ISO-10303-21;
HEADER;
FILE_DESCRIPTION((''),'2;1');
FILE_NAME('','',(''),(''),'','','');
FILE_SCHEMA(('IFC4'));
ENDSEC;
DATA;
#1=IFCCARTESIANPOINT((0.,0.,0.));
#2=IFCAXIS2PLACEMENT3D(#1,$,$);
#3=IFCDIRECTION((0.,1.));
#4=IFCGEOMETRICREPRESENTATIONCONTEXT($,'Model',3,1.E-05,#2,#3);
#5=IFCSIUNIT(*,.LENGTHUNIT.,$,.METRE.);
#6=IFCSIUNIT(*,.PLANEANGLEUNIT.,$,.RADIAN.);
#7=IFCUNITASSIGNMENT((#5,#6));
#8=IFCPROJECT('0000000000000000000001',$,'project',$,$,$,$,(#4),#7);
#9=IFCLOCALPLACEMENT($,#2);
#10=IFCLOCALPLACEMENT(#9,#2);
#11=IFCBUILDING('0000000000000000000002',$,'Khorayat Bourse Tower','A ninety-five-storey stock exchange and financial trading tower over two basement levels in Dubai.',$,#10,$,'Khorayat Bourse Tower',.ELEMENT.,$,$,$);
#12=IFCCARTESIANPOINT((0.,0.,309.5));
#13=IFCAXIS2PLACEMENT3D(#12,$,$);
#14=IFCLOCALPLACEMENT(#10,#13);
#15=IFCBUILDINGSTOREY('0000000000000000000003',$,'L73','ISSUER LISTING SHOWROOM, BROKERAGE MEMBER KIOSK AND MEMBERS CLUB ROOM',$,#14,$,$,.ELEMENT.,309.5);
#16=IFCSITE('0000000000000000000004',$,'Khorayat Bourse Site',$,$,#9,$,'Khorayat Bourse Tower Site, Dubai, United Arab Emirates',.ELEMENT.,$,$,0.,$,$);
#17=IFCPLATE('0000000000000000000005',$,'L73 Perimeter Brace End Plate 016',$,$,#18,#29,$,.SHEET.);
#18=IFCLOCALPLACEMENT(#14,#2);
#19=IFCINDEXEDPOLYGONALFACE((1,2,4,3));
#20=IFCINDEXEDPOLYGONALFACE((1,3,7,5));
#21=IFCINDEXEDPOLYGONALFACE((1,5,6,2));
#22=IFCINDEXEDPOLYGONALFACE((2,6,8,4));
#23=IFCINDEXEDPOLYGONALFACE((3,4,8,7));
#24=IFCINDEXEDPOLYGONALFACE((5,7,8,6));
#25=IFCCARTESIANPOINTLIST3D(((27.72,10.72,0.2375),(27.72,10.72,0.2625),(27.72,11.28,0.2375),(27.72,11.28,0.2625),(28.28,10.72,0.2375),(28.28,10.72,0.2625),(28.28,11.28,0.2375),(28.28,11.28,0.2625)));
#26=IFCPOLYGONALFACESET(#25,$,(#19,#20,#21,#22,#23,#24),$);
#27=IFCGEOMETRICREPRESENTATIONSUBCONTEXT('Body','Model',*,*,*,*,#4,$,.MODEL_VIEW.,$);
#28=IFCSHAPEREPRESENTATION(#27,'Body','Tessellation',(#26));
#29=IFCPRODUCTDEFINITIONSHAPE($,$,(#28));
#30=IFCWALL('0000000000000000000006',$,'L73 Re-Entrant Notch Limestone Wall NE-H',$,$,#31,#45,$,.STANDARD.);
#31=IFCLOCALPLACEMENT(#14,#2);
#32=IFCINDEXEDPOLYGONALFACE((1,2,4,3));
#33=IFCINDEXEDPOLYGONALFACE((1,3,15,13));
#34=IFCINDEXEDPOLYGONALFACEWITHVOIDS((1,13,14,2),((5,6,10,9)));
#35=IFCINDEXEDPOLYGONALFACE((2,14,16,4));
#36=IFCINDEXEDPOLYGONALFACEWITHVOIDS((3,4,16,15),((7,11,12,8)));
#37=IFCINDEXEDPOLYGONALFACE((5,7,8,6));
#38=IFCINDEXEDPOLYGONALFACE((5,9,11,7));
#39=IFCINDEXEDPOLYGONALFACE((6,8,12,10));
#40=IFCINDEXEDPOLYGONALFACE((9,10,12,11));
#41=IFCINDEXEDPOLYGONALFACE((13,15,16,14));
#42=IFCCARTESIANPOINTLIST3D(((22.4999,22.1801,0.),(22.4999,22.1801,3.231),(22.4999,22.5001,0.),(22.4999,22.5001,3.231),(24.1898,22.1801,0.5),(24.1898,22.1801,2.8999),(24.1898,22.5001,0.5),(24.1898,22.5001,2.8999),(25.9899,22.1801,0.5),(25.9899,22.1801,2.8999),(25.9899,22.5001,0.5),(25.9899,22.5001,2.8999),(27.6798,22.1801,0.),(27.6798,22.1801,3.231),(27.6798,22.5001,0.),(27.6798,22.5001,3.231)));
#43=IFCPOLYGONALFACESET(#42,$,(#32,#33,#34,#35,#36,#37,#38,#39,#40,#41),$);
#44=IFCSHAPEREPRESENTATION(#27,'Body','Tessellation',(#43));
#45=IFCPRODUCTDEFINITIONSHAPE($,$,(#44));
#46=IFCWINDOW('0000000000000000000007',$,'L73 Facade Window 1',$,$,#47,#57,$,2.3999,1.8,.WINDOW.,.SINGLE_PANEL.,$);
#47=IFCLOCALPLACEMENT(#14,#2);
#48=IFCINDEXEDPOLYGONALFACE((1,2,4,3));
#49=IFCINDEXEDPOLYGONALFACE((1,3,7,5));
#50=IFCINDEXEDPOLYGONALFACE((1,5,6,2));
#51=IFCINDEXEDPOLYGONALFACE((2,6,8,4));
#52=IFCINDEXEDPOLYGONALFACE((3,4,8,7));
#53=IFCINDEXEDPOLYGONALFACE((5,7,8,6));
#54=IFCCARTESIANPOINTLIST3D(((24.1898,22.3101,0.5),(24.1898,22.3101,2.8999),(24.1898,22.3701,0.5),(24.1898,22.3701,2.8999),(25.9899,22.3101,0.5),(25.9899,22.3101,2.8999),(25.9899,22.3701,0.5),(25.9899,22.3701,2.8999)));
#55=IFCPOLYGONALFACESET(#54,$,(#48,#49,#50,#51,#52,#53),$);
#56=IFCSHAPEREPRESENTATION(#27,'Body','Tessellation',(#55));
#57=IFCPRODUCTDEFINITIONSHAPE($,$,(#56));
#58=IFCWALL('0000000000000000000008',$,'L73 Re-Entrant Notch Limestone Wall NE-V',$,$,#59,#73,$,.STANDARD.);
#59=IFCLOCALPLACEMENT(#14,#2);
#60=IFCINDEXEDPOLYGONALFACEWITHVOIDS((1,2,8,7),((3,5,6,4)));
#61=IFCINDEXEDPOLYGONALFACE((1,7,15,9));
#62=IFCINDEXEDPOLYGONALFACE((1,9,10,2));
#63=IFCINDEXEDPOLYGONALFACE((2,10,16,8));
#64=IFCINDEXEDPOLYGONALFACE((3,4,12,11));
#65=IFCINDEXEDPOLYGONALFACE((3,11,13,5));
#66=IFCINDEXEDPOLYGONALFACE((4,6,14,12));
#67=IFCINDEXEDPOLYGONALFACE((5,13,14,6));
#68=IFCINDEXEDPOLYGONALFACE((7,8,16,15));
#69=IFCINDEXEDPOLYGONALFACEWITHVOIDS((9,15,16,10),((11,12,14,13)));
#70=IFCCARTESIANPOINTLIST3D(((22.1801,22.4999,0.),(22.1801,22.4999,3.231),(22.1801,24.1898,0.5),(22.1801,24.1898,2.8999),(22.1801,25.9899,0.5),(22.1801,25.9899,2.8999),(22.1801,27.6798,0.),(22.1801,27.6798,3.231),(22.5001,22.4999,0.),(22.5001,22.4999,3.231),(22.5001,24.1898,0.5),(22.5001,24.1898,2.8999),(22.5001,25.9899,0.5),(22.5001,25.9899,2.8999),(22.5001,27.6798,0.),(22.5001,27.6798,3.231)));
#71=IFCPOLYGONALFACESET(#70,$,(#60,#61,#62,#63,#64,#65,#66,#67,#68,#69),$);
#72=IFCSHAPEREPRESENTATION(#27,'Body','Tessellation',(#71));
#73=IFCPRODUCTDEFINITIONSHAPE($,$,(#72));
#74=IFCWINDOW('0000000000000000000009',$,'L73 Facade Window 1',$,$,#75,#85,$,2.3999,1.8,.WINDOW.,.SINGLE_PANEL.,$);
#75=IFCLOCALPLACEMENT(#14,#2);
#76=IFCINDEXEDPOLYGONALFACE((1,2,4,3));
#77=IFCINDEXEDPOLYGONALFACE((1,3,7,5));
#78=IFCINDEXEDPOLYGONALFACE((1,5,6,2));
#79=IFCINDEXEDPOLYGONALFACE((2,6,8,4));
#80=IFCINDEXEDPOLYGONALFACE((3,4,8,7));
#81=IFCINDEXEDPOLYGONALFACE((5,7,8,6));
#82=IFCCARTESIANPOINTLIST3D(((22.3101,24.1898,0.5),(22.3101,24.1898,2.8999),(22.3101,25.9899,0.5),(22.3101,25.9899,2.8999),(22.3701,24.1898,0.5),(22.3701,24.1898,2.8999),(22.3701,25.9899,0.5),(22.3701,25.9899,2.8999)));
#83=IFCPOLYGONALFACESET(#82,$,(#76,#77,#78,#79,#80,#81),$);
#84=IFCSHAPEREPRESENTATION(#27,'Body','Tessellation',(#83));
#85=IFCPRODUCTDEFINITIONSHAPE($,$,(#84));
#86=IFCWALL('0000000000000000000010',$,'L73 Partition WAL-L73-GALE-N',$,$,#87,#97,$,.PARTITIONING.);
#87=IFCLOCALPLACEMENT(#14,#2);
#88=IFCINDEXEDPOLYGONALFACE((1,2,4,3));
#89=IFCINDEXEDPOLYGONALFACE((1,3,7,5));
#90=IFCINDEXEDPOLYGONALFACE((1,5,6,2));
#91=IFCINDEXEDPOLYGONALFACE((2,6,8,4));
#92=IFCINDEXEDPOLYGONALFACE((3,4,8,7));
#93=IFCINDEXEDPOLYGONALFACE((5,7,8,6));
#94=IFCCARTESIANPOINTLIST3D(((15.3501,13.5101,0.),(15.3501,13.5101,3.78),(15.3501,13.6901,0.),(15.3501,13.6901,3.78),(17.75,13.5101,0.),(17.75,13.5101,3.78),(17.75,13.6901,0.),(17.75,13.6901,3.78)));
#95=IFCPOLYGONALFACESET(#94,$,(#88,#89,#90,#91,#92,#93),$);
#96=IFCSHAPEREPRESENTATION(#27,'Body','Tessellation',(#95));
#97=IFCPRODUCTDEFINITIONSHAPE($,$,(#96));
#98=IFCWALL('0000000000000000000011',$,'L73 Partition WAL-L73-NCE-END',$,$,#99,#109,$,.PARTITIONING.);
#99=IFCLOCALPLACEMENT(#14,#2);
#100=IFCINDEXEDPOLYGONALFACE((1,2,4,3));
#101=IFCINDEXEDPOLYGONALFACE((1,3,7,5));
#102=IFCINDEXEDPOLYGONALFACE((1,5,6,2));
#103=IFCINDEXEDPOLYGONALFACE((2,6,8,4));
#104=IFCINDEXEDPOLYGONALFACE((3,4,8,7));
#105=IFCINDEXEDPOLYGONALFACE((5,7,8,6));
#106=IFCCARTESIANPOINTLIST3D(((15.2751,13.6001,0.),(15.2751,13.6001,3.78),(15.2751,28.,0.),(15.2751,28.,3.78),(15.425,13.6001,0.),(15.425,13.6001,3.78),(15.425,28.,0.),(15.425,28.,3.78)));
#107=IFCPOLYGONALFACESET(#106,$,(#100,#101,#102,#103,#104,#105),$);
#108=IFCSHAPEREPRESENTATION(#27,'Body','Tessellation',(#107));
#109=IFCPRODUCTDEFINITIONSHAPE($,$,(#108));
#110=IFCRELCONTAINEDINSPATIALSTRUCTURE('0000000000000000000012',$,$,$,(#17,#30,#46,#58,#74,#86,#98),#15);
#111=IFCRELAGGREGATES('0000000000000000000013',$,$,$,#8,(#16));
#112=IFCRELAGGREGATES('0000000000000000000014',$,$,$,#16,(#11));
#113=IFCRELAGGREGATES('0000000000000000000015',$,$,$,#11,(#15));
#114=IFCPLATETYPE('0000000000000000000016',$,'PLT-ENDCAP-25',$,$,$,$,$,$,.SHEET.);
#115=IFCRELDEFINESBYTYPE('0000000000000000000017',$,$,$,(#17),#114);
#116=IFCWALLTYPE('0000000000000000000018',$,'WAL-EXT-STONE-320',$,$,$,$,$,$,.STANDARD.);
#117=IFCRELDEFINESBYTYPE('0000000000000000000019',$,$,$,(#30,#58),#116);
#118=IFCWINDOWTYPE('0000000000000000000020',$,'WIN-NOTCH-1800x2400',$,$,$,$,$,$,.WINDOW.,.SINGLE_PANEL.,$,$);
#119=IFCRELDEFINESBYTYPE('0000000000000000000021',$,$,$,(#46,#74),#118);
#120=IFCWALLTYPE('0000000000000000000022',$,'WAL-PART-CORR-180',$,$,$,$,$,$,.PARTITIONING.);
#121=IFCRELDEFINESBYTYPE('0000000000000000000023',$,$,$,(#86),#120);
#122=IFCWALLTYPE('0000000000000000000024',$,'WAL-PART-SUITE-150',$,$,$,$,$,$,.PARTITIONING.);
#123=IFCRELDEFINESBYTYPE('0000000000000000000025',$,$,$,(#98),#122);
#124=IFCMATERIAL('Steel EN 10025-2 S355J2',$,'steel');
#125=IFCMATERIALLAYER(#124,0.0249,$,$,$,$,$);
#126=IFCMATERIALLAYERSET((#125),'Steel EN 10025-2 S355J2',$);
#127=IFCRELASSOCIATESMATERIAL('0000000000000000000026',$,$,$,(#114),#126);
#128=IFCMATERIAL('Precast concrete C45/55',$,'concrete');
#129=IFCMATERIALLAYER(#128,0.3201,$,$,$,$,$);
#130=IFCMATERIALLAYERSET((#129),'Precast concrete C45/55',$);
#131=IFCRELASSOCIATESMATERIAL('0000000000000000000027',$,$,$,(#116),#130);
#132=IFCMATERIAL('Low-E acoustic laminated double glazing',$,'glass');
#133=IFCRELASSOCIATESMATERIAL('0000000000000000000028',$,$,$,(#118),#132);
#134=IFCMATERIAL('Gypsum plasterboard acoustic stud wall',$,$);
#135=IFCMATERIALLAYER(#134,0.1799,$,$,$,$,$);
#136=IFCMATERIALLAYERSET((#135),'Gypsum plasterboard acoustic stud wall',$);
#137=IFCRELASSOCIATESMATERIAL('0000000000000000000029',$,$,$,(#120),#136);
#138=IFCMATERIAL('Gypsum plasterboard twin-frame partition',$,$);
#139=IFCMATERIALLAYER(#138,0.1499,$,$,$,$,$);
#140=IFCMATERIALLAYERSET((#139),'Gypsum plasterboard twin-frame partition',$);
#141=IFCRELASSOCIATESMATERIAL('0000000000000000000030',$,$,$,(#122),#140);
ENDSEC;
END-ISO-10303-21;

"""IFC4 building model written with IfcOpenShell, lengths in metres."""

from ifc_helpers import new_model, si_unit, direction, frame, frame_2d, origin, origin_2d, place, context, subcontext, project, spatial, rectangle, extrude, source, transform, mapped, material, layer, layer_set, type_object, element, fill, save


model = new_model("IFC4")

# Units and contexts
model_context = context("Model", 3, precision=1e-05, world=origin(), true_north=direction((0.0, 1.0)))
body_context = subcontext(model_context, "Body", "Model", "MODEL_VIEW")
ifc_project = project(units=[si_unit("LENGTHUNIT", "METRE"), si_unit("PLANEANGLEUNIT", "RADIAN")], contexts=[model_context])

# Site, building, storey
site_placement = place(None, origin())
site = spatial("IfcSite", under=ifc_project, at=site_placement, Name="Khorayat Bourse Site", LongName="Khorayat Bourse Tower Site, Dubai, United Arab Emirates", CompositionType="ELEMENT", RefElevation=0.0)
building_placement = place(site_placement, origin())
building = spatial("IfcBuilding", under=site, at=building_placement, Name="Khorayat Bourse Tower", Description="A ninety-five-storey stock exchange and financial trading tower over two basement levels in Dubai.", LongName="Khorayat Bourse Tower", CompositionType="ELEMENT")
storey_placement = place(building_placement, frame((0.0, 0.0, 309.5)))
storey = spatial("IfcBuildingStorey", under=building, at=storey_placement, Name="L73", Description="ISSUER LISTING SHOWROOM, BROKERAGE MEMBER KIOSK AND MEMBERS CLUB ROOM", CompositionType="ELEMENT", Elevation=309.5)

# Plate
ifc_material_1 = material(Name="Steel EN 10025-2 S355J2", Category="steel")
ifc_layer_1 = layer(ifc_material_1, 0.0249)
ifc_layer_set_1 = layer_set([ifc_layer_1], Name="Steel EN 10025-2 S355J2")
plate_type = type_object("IfcPlateType", Name="PLT-ENDCAP-25", PredefinedType="SHEET", material=ifc_layer_set_1)
shared_shape_1 = source(origin(), body_context, "Body", "SweptSolid", [
    extrude(rectangle(XDim=0.5601, YDim=0.5601, at=origin_2d()), origin(), (0.0, 0.0, 1.0), 0.0249),
])
for number, where, z_axis, x_axis, name in (
    (1, (28.0, 11.0, 0.2375), (0.0, 0.0, 1.0), (1.0, 0.0, 0.0), "L73 Perimeter Brace End Plate 016"),
):
    element("IfcPlate", number, at=place(storey_placement, frame(where, z_axis=z_axis, x_axis=x_axis)), inside=storey, type_object=plate_type, Name=name, PredefinedType="SHEET", context=body_context, shape_type="MappedRepresentation", body=[
        mapped(shared_shape_1, transform((0.0, 0.0, 0.0), scale=1.0)),
    ])

# Walls, openings, windows
ifc_material_2 = material(Name="Precast concrete C45/55", Category="concrete")
ifc_layer_2 = layer(ifc_material_2, 0.3201)
ifc_layer_set_2 = layer_set([ifc_layer_2], Name="Precast concrete C45/55")
wall_type_1 = type_object("IfcWallType", Name="WAL-EXT-STONE-320", PredefinedType="STANDARD", material=ifc_layer_set_2)
shared_shape_2 = source(origin(), body_context, "Body", "SweptSolid", [
    extrude(rectangle(XDim=5.1799, YDim=0.3201, at=frame_2d((2.5898, 0.0))), origin(), (0.0, 0.0, 1.0), 3.231),
])
wall_1_placement = place(storey_placement, frame((22.5, 22.3401, 0.0), z_axis=(0.0, 0.0, 1.0), x_axis=(1.0, 0.0, 0.0)))
wall_1 = element("IfcWall", 2, at=wall_1_placement, inside=storey, type_object=wall_type_1, Name="L73 Re-Entrant Notch Limestone Wall NE-H", PredefinedType="STANDARD", context=body_context, shape_type="MappedRepresentation", body=[
    mapped(shared_shape_2, transform((0.0, 0.0, 0.0), scale=1.0)),
])
shared_shape_3 = source(origin(), body_context, "Body", "SweptSolid", [
    extrude(rectangle(XDim=1.8, YDim=2.3999, at=frame_2d((0.8999, 1.2))), frame((0.0, 0.1699, 0.0), z_axis=(0.0, -1.0, 0.0), x_axis=(1.0, 0.0, 0.0)), (0.0, 0.0, 1.0), 0.3401),
])
opening_1_placement = place(wall_1_placement, frame((1.6899, 0.0, 0.5)))
opening_1 = element("IfcOpeningElement", 3, at=opening_1_placement, cuts=wall_1, PredefinedType="OPENING", context=body_context, shape_type="MappedRepresentation", body=[
    mapped(shared_shape_3, transform((0.0, 0.0, 0.0), scale=1.0)),
])
ifc_material_3 = material(Name="Low-E acoustic laminated double glazing", Category="glass")
window_type = type_object("IfcWindowType", Name="WIN-NOTCH-1800x2400", PartitioningType="SINGLE_PANEL", PredefinedType="WINDOW", material=ifc_material_3)
shared_shape_4 = source(origin(), body_context, "Body", "SweptSolid", [
    extrude(rectangle(XDim=1.8, YDim=2.3999, at=frame_2d((0.8999, 1.2))), frame((0.0, 0.03, 0.0), z_axis=(0.0, -1.0, 0.0), x_axis=(1.0, 0.0, 0.0)), (0.0, 0.0, 1.0), 0.0601),
])
window_1_placement = place(opening_1_placement, origin())
window_1 = element("IfcWindow", 4, at=window_1_placement, inside=storey, type_object=window_type, Name="L73 Facade Window 1", OverallHeight=2.3999, OverallWidth=1.8, PartitioningType="SINGLE_PANEL", PredefinedType="WINDOW", context=body_context, shape_type="MappedRepresentation", body=[
    mapped(shared_shape_4, transform((0.0, 0.0, 0.0), scale=1.0)),
])
fill(opening_1, window_1)
wall_2_placement = place(storey_placement, frame((22.3401, 22.5, 0.0), z_axis=(0.0, 0.0, 1.0), x_axis=(0.0, 1.0, 0.0)))
wall_2 = element("IfcWall", 5, at=wall_2_placement, inside=storey, type_object=wall_type_1, Name="L73 Re-Entrant Notch Limestone Wall NE-V", PredefinedType="STANDARD", context=body_context, shape_type="MappedRepresentation", body=[
    mapped(shared_shape_2, transform((0.0, 0.0, 0.0), scale=1.0)),
])
opening_2_placement = place(wall_2_placement, frame((1.6899, 0.0, 0.5)))
opening_2 = element("IfcOpeningElement", 6, at=opening_2_placement, cuts=wall_2, PredefinedType="OPENING", context=body_context, shape_type="MappedRepresentation", body=[
    mapped(shared_shape_3, transform((0.0, 0.0, 0.0), scale=1.0)),
])
window_2_placement = place(opening_2_placement, origin())
window_2 = element("IfcWindow", 7, at=window_2_placement, inside=storey, type_object=window_type, Name="L73 Facade Window 1", OverallHeight=2.3999, OverallWidth=1.8, PartitioningType="SINGLE_PANEL", PredefinedType="WINDOW", context=body_context, shape_type="MappedRepresentation", body=[
    mapped(shared_shape_4, transform((0.0, 0.0, 0.0), scale=1.0)),
])
fill(opening_2, window_2)

# Walls
ifc_material_4 = material(Name="Gypsum plasterboard acoustic stud wall")
ifc_layer_3 = layer(ifc_material_4, 0.1799)
ifc_layer_set_3 = layer_set([ifc_layer_3], Name="Gypsum plasterboard acoustic stud wall")
wall_type_2 = type_object("IfcWallType", Name="WAL-PART-CORR-180", PredefinedType="PARTITIONING", material=ifc_layer_set_3)
shared_shape_5 = source(origin(), body_context, "Body", "SweptSolid", [
    extrude(rectangle(XDim=2.3999, YDim=0.1799, at=frame_2d((1.2, 0.0))), origin(), (0.0, 0.0, 1.0), 3.78),
])
wall_3_placement = place(storey_placement, frame((15.3501, 13.6001, 0.0), z_axis=(0.0, 0.0, 1.0), x_axis=(1.0, 0.0, 0.0)))
element("IfcWall", 8, at=wall_3_placement, inside=storey, type_object=wall_type_2, Name="L73 Partition WAL-L73-GALE-N", PredefinedType="PARTITIONING", context=body_context, shape_type="MappedRepresentation", body=[
    mapped(shared_shape_5, transform((0.0, 0.0, 0.0), scale=1.0)),
])
ifc_material_5 = material(Name="Gypsum plasterboard twin-frame partition")
ifc_layer_4 = layer(ifc_material_5, 0.1499)
ifc_layer_set_4 = layer_set([ifc_layer_4], Name="Gypsum plasterboard twin-frame partition")
wall_type_3 = type_object("IfcWallType", Name="WAL-PART-SUITE-150", PredefinedType="PARTITIONING", material=ifc_layer_set_4)
shared_shape_6 = source(origin(), body_context, "Body", "SweptSolid", [
    extrude(rectangle(XDim=14.3999, YDim=0.1499, at=frame_2d((7.2, 0.0))), origin(), (0.0, 0.0, 1.0), 3.78),
])
wall_4_placement = place(storey_placement, frame((15.3501, 13.6001, 0.0), z_axis=(0.0, 0.0, 1.0), x_axis=(0.0, 1.0, 0.0)))
element("IfcWall", 9, at=wall_4_placement, inside=storey, type_object=wall_type_3, Name="L73 Partition WAL-L73-NCE-END", PredefinedType="PARTITIONING", context=body_context, shape_type="MappedRepresentation", body=[
    mapped(shared_shape_6, transform((0.0, 0.0, 0.0), scale=1.0)),
])

save(model, "model.ifc")
